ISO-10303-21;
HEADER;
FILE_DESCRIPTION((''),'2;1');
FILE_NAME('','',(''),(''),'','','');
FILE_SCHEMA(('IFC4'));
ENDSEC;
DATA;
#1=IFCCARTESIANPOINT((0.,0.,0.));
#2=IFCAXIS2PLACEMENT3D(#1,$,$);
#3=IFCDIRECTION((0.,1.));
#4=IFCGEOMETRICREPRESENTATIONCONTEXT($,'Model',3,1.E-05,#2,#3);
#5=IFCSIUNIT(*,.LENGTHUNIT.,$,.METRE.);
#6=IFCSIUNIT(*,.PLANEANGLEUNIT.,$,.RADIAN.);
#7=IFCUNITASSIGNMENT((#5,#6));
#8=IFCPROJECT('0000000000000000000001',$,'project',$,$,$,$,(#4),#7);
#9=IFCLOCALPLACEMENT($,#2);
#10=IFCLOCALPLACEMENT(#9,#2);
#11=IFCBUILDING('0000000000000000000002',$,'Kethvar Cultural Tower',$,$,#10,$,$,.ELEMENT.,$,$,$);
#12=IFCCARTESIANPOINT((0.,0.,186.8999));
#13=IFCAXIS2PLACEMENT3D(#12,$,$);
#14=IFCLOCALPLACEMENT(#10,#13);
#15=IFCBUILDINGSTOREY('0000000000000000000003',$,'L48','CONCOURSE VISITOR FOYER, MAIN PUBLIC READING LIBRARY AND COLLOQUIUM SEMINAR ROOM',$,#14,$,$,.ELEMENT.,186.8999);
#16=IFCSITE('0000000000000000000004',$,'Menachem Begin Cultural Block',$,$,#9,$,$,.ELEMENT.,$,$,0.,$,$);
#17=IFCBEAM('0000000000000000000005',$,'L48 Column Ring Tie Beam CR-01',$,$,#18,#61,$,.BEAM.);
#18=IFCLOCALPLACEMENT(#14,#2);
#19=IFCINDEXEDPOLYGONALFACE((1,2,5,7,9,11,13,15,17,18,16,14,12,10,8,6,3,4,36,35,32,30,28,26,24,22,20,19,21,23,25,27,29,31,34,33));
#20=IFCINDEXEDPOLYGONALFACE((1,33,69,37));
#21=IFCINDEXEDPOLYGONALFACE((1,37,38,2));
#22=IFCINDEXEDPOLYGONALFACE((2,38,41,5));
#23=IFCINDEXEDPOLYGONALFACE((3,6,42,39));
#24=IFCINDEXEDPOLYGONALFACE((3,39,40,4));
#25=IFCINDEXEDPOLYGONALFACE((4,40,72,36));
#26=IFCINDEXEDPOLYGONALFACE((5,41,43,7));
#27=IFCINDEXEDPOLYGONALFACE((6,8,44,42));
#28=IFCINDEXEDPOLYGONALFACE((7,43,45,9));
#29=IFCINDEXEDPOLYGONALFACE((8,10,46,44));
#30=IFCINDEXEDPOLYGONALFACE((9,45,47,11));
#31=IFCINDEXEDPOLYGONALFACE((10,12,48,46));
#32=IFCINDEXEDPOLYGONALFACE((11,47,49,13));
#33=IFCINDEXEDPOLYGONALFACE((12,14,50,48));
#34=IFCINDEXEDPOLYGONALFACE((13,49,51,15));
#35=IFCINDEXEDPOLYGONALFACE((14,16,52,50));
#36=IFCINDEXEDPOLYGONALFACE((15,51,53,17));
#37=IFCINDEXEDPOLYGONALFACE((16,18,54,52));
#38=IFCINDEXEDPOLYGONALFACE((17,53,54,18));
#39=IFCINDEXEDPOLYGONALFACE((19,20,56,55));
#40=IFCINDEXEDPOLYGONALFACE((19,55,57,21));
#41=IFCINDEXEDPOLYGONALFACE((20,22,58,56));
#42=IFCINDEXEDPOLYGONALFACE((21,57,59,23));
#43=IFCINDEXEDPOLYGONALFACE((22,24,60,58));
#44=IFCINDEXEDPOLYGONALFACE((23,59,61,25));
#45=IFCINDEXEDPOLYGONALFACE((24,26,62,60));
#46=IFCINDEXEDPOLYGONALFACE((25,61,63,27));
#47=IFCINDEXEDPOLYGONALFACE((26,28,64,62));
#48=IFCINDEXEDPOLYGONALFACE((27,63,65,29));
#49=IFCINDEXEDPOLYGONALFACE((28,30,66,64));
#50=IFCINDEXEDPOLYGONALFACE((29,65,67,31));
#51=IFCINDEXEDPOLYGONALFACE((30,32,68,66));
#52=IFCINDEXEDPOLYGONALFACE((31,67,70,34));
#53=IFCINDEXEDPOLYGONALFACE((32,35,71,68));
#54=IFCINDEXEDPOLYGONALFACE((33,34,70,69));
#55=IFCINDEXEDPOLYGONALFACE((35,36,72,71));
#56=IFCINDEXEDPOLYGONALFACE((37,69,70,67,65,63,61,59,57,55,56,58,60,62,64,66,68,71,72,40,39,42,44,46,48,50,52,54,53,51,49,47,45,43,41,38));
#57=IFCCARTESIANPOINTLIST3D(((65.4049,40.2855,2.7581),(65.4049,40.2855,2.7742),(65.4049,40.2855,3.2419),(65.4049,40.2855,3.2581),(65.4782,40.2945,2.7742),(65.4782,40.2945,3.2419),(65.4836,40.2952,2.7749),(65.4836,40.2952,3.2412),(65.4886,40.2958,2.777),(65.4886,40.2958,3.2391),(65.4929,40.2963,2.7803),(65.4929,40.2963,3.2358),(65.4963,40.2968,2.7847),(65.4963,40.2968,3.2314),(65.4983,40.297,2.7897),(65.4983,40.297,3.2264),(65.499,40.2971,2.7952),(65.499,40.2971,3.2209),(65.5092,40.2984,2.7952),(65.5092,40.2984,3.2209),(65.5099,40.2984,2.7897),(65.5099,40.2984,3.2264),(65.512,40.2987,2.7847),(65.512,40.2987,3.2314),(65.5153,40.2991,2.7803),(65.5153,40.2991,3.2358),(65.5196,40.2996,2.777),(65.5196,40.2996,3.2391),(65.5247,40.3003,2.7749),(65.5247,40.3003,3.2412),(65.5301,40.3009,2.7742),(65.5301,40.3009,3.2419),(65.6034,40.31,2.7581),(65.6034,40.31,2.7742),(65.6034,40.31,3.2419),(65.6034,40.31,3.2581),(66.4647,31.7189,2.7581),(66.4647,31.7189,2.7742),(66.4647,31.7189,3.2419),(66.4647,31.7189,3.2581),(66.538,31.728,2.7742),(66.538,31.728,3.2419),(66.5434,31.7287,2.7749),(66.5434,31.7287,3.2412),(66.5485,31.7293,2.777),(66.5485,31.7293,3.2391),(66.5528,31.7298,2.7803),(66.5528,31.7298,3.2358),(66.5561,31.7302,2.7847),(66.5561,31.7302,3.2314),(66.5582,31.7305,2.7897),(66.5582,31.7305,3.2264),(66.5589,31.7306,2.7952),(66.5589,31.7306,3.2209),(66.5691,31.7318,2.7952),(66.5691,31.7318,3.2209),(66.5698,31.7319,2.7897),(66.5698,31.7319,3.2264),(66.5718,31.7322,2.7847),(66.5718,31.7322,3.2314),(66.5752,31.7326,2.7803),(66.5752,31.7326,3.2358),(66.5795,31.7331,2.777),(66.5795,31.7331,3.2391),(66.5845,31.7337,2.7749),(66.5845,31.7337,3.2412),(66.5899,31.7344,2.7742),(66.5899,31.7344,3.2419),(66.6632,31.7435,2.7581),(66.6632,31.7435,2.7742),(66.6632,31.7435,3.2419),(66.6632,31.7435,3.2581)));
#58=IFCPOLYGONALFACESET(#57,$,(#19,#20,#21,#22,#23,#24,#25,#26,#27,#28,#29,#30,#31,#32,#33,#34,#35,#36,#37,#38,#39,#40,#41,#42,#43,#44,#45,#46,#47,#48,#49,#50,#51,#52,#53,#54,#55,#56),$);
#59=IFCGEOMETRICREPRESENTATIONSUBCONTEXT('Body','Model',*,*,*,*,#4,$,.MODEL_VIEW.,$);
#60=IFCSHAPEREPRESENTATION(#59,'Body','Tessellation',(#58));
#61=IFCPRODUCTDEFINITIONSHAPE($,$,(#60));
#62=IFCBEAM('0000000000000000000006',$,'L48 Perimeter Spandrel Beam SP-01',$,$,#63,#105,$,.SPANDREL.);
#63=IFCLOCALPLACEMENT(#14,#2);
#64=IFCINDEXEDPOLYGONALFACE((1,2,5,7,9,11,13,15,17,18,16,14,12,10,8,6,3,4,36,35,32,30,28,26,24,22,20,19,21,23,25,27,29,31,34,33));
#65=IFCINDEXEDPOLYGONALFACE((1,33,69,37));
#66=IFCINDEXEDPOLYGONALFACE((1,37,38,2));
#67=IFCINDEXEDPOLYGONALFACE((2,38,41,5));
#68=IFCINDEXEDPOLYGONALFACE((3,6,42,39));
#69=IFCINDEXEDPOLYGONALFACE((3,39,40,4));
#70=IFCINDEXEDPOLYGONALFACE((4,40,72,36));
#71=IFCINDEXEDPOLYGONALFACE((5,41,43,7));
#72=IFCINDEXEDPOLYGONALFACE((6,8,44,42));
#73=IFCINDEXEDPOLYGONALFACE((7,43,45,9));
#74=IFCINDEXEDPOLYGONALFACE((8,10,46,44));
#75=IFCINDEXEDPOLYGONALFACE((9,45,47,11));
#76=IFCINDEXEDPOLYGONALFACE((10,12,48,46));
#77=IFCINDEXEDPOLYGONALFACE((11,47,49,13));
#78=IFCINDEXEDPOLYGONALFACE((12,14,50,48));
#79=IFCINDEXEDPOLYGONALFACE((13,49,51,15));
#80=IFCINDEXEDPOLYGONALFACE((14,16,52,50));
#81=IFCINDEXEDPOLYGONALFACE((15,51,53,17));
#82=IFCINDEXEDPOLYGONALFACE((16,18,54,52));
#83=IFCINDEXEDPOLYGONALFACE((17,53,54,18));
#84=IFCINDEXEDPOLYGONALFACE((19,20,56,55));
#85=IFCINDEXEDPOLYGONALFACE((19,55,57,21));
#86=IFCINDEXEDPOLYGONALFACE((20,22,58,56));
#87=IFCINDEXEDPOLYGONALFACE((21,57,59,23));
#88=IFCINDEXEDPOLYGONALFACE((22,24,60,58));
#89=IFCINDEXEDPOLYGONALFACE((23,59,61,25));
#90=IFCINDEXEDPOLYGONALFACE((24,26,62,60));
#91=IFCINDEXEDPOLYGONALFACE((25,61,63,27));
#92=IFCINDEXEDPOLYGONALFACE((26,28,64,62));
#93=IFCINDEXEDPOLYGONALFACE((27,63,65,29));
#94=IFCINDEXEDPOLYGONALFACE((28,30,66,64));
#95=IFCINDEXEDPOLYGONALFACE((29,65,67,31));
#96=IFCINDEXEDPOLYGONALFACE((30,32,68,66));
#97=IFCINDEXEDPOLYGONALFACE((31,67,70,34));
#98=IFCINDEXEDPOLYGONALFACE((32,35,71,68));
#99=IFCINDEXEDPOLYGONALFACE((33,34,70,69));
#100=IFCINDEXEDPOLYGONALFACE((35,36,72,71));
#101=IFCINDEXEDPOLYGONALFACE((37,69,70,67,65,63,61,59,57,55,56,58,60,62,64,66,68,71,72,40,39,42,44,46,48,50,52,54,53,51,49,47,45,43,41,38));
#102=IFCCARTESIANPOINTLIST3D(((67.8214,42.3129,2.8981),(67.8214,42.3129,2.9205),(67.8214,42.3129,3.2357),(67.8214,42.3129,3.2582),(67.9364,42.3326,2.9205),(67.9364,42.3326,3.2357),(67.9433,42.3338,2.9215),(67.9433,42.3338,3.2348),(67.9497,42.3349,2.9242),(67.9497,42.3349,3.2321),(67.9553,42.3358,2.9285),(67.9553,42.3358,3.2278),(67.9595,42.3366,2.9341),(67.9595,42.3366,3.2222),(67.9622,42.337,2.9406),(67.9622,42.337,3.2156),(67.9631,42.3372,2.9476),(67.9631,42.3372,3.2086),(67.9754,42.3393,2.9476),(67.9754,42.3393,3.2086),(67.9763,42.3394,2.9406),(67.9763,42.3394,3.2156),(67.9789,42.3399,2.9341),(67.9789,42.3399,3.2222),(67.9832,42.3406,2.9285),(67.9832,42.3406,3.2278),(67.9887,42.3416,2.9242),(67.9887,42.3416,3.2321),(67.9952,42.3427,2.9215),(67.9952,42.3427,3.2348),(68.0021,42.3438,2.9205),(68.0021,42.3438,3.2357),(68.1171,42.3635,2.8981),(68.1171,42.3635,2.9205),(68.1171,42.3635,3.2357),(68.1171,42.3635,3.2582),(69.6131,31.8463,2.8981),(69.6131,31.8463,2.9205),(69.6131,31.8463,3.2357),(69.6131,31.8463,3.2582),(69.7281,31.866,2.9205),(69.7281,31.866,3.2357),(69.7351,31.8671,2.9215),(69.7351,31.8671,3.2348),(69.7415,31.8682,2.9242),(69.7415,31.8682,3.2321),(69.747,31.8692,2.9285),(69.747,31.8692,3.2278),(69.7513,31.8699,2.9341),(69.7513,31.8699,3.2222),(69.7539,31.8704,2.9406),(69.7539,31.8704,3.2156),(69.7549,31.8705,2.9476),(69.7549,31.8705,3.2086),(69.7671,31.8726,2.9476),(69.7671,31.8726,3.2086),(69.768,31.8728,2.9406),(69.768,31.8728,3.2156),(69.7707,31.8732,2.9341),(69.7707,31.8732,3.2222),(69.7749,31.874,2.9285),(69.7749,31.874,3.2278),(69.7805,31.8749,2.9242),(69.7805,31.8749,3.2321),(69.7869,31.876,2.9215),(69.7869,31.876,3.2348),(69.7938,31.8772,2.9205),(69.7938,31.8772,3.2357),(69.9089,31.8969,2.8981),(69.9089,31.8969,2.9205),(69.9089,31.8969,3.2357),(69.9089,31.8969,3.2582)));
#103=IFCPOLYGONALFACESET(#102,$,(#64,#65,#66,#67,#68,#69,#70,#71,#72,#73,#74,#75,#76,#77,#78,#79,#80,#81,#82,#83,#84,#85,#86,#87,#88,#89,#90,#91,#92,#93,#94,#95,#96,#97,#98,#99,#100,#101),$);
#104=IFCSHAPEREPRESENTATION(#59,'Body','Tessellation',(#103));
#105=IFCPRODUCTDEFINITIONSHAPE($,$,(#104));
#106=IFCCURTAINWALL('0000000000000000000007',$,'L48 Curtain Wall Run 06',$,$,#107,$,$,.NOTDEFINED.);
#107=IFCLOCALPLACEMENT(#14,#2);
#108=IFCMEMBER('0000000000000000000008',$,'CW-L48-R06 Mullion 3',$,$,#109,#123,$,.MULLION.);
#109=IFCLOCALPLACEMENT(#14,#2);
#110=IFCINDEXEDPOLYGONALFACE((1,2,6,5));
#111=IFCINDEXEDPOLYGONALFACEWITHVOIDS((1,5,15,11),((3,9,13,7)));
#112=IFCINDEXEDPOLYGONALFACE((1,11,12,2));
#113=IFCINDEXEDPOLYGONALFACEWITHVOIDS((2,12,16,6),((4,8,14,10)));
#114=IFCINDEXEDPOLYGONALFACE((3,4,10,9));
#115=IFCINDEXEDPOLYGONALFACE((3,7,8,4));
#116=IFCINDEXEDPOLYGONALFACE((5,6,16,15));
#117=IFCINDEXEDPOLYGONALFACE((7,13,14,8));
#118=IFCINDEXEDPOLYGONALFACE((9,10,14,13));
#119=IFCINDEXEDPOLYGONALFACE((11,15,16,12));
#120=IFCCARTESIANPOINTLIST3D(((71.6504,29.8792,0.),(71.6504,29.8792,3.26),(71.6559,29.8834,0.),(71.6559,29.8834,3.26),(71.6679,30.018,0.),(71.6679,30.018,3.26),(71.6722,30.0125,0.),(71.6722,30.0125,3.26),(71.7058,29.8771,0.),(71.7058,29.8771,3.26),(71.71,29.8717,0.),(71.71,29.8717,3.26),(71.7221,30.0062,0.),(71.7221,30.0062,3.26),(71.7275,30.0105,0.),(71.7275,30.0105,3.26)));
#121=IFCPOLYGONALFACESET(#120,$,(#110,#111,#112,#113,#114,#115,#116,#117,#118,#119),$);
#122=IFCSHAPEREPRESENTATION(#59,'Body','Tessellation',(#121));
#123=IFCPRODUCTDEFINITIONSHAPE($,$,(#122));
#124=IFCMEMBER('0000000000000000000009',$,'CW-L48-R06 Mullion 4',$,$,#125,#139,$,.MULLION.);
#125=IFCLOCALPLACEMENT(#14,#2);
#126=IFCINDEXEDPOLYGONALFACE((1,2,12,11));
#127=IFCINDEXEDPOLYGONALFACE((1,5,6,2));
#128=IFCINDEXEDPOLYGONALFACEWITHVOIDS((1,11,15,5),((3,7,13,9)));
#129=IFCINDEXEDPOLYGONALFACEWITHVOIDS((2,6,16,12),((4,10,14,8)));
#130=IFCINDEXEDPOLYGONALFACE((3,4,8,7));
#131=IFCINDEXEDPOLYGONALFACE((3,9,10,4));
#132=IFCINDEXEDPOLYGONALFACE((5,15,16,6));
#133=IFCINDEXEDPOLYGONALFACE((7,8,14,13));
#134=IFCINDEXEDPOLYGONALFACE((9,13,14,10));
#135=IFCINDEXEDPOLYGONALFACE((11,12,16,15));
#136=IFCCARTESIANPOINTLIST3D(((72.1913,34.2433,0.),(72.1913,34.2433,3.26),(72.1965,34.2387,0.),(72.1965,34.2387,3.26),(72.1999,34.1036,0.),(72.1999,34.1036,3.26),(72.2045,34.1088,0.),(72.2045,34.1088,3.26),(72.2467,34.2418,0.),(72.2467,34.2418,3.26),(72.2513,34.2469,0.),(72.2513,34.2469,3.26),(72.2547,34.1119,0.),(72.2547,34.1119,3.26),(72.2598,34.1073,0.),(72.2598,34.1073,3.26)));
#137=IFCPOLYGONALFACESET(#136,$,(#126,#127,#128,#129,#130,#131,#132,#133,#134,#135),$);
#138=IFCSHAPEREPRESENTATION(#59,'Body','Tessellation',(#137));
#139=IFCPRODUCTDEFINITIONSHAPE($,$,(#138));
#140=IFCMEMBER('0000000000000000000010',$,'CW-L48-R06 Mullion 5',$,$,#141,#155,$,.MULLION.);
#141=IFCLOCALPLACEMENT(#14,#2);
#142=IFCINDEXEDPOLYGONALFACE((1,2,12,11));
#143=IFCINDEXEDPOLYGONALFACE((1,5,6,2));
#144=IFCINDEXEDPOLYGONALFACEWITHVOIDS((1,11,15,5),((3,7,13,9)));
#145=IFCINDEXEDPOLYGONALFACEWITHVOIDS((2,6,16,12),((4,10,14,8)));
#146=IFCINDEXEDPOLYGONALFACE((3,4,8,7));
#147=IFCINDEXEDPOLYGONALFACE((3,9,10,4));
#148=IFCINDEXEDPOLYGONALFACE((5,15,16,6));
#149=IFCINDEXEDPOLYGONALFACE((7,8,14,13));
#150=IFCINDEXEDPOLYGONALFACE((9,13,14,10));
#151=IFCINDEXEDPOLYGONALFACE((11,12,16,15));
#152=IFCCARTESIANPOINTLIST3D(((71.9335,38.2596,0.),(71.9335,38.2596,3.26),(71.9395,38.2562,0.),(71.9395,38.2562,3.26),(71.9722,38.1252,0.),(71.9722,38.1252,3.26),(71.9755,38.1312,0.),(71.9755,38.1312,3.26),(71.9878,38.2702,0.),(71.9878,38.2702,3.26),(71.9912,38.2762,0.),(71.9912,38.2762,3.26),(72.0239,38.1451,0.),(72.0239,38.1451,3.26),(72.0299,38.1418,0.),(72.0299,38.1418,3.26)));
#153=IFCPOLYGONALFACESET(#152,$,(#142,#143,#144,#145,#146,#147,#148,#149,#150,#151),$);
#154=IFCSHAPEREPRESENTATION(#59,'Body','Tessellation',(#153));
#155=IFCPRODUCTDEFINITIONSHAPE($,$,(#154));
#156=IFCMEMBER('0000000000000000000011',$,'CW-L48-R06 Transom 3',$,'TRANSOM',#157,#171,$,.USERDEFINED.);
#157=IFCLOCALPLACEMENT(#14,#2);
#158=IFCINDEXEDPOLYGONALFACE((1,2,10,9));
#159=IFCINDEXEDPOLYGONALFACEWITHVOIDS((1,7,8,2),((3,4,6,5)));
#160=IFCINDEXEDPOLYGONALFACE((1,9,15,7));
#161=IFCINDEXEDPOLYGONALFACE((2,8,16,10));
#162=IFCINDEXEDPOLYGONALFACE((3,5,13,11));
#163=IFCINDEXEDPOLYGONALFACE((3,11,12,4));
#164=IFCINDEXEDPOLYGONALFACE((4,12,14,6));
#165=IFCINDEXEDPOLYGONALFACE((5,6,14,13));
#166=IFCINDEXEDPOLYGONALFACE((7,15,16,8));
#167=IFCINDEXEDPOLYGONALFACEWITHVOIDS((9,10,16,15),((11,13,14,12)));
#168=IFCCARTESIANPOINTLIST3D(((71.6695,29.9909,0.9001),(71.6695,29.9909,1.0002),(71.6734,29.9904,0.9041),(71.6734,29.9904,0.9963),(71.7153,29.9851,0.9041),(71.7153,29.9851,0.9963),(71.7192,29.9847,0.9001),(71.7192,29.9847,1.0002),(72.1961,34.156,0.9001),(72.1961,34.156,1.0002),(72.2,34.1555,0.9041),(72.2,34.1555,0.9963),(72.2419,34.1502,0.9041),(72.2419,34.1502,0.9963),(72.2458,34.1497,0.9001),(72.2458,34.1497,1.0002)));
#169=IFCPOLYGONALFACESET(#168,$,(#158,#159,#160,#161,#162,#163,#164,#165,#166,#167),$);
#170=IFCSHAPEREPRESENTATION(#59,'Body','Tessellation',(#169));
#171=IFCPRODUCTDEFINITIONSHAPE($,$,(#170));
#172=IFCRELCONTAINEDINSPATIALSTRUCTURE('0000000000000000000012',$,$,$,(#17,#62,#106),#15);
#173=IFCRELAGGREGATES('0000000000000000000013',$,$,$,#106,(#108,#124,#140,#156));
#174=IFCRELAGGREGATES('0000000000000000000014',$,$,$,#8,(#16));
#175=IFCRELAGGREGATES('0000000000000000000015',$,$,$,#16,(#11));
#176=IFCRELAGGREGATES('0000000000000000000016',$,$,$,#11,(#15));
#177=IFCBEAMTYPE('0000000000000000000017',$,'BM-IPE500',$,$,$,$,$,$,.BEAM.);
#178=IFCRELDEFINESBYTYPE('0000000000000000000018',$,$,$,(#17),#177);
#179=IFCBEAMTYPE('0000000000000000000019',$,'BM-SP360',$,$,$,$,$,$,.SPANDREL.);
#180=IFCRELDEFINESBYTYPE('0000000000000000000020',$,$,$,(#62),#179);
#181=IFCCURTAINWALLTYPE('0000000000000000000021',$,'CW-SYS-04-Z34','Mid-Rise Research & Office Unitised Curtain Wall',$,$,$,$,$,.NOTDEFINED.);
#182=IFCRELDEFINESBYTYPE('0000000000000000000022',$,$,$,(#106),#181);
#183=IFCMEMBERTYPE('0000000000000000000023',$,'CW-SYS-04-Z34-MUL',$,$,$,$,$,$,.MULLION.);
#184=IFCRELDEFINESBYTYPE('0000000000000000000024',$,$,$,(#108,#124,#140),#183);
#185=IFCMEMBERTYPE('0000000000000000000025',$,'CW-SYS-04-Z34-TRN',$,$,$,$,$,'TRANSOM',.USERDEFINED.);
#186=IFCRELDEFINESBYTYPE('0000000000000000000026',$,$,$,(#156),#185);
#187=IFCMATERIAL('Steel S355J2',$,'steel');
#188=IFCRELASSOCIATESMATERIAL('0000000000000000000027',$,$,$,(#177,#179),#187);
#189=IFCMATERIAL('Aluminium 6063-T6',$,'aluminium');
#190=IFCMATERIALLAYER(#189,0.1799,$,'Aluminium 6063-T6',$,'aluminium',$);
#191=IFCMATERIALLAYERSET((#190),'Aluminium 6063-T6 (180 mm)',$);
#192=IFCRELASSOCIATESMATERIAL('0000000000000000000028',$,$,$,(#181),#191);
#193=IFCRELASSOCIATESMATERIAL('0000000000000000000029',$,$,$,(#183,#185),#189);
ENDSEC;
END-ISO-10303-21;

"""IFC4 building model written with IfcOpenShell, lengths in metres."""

from ifc_helpers import new_model, si_unit, direction, frame, origin, origin_2d, place, context, subcontext, project, spatial, hollow_rectangle, i_section, extrude, source, transform, mapped, material, layer, layer_set, material_profile, profile_set, type_object, element, aggregate, save


model = new_model("IFC4")

# Units and contexts
model_context = context("Model", 3, precision=1e-05, world=origin(), true_north=direction((0.0, 1.0)))
body_context = subcontext(model_context, "Body", "Model", "MODEL_VIEW")
ifc_project = project(units=[si_unit("LENGTHUNIT", "METRE"), si_unit("PLANEANGLEUNIT", "RADIAN")], contexts=[model_context])

# Site, building, storey
site_placement = place(None, origin())
site = spatial("IfcSite", under=ifc_project, at=site_placement, Name="Menachem Begin Cultural Block", CompositionType="ELEMENT", RefElevation=0.0)
building_placement = place(site_placement, origin())
building = spatial("IfcBuilding", under=site, at=building_placement, Name="Kethvar Cultural Tower", CompositionType="ELEMENT")
storey_placement = place(building_placement, frame((0.0, 0.0, 186.8999)))
storey = spatial("IfcBuildingStorey", under=building, at=storey_placement, Name="L48", Description="CONCOURSE VISITOR FOYER, MAIN PUBLIC READING LIBRARY AND COLLOQUIUM SEMINAR ROOM", CompositionType="ELEMENT", Elevation=186.8999)

# Beams
ifc_material_1 = material(Name="Steel S355J2", Category="steel")
ifc_material_profile_1 = material_profile(ifc_material_1, i_section(OverallWidth=0.2, OverallDepth=0.5, WebThickness=0.0103, FlangeThickness=0.0161, FilletRadius=0.021, at=origin_2d()), Name="Steel S355J2 — IPE500")
ifc_profile_set_1 = profile_set([ifc_material_profile_1], Name="Steel S355J2 — IPE500")
beam_type_1 = type_object("IfcBeamType", Name="BM-IPE500", PredefinedType="BEAM", material=ifc_profile_set_1)
shared_shape_1 = source(origin(), body_context, "Body", "SweptSolid", [
    extrude(i_section(OverallWidth=0.2, OverallDepth=0.5, WebThickness=0.0103, FlangeThickness=0.0161, FilletRadius=0.021, at=origin_2d()), origin(), (0.0, 0.0, 1.0), 8.6318),
])
beam_1_placement = place(storey_placement, frame((66.564, 31.7312, 3.0081), z_axis=(-0.122781, 0.992434, 0.0), x_axis=(-0.992434, -0.122781, 0.0)))
element("IfcBeam", 1, at=beam_1_placement, inside=storey, type_object=beam_type_1, Name="L48 Column Ring Tie Beam CR-01", PredefinedType="BEAM", context=body_context, shape_type="MappedRepresentation", body=[
    mapped(shared_shape_1, transform((0.0, 0.0, 0.0), scale=1.0)),
])
ifc_material_profile_2 = material_profile(ifc_material_1, i_section(OverallWidth=0.3, OverallDepth=0.3601, WebThickness=0.0125, FlangeThickness=0.0225, FilletRadius=0.0271, at=origin_2d()), Name="Steel S355J2 — HEB360")
ifc_profile_set_2 = profile_set([ifc_material_profile_2], Name="Steel S355J2 — HEB360")
beam_type_2 = type_object("IfcBeamType", Name="BM-SP360", PredefinedType="SPANDREL", material=ifc_profile_set_2)
shared_shape_2 = source(origin(), body_context, "Body", "SweptSolid", [
    extrude(i_section(OverallWidth=0.3, OverallDepth=0.3601, WebThickness=0.0125, FlangeThickness=0.0225, FilletRadius=0.0271, at=origin_2d()), origin(), (0.0, 0.0, 1.0), 10.6189),
])
beam_2_placement = place(storey_placement, frame((69.761, 31.8716, 3.0781), z_axis=(-0.168733, 0.985662, 0.0), x_axis=(-0.985662, -0.168733, 0.0)))
element("IfcBeam", 2, at=beam_2_placement, inside=storey, type_object=beam_type_2, Name="L48 Perimeter Spandrel Beam SP-01", PredefinedType="SPANDREL", context=body_context, shape_type="MappedRepresentation", body=[
    mapped(shared_shape_2, transform((0.0, 0.0, 0.0), scale=1.0)),
])

# Curtain wall, members
ifc_material_2 = material(Name="Aluminium 6063-T6", Category="aluminium")
ifc_layer_1 = layer(ifc_material_2, 0.1799, Name="Aluminium 6063-T6", Category="aluminium")
ifc_layer_set_1 = layer_set([ifc_layer_1], Name="Aluminium 6063-T6 (180 mm)")
curtain_wall_type = type_object("IfcCurtainWallType", Name="CW-SYS-04-Z34", Description="Mid-Rise Research & Office Unitised Curtain Wall", PredefinedType="NOTDEFINED", material=ifc_layer_set_1)
curtain_wall_placement = place(storey_placement, origin())
curtain_wall = element("IfcCurtainWall", 3, at=curtain_wall_placement, inside=storey, type_object=curtain_wall_type, Name="L48 Curtain Wall Run 06", PredefinedType="NOTDEFINED")
ifc_material_profile_3 = material_profile(ifc_material_2, hollow_rectangle(XDim=0.0601, YDim=0.1399, WallThickness=0.0049, at=origin_2d()), Name="Aluminium 6063-T6 — RHS140x60x5")
ifc_profile_set_3 = profile_set([ifc_material_profile_3], Name="Aluminium 6063-T6 — RHS140x60x5")
member_type_1 = type_object("IfcMemberType", Name="CW-SYS-04-Z34-MUL", PredefinedType="MULLION", material=ifc_profile_set_3)
shared_shape_3 = source(origin(), body_context, "Body", "SweptSolid", [
    extrude(hollow_rectangle(XDim=0.0601, YDim=0.1399, WallThickness=0.0049, at=origin_2d()), origin(), (0.0, 0.0, 1.0), 3.26),
])
member_1_placement = place(storey_placement, frame((71.689, 29.9448, 0.0), z_axis=(0.0, 0.0, 1.0), x_axis=(-0.992104, 0.12542, 0.0)))
member_1 = element("IfcMember", 4, at=member_1_placement, type_object=member_type_1, Name="CW-L48-R06 Mullion 3", PredefinedType="MULLION", context=body_context, shape_type="MappedRepresentation", body=[
    mapped(shared_shape_3, transform((0.0, 0.0, 0.0), scale=1.0)),
])
member_2_placement = place(storey_placement, frame((72.2256, 34.1753, 0.0), z_axis=(0.0, 0.0, 1.0), x_axis=(-0.998128, -0.061153, 0.0)))
member_2 = element("IfcMember", 5, at=member_2_placement, type_object=member_type_1, Name="CW-L48-R06 Mullion 4", PredefinedType="MULLION", context=body_context, shape_type="MappedRepresentation", body=[
    mapped(shared_shape_3, transform((0.0, 0.0, 0.0), scale=1.0)),
])
member_3_placement = place(storey_placement, frame((71.9817, 38.2007, 0.0), z_axis=(0.0, 0.0, 1.0), x_axis=(-0.960881, -0.276962, 0.0)))
member_3 = element("IfcMember", 6, at=member_3_placement, type_object=member_type_1, Name="CW-L48-R06 Mullion 5", PredefinedType="MULLION", context=body_context, shape_type="MappedRepresentation", body=[
    mapped(shared_shape_3, transform((0.0, 0.0, 0.0), scale=1.0)),
])
ifc_material_profile_4 = material_profile(ifc_material_2, hollow_rectangle(XDim=0.05, YDim=0.1001, WallThickness=0.0039, at=origin_2d()), Name="Aluminium 6063-T6 — RHS100x50x4")
ifc_profile_set_4 = profile_set([ifc_material_profile_4], Name="Aluminium 6063-T6 — RHS100x50x4")
member_type_2 = type_object("IfcMemberType", Name="CW-SYS-04-Z34-TRN", ElementType="TRANSOM", PredefinedType="USERDEFINED", material=ifc_profile_set_4)
shared_shape_4 = source(origin(), body_context, "Body", "SweptSolid", [
    extrude(hollow_rectangle(XDim=0.05, YDim=0.1001, WallThickness=0.0039, at=origin_2d()), origin(), (0.0, 0.0, 1.0), 4.1982),
])
member_4_placement = place(storey_placement, frame((71.6943, 29.9878, 0.9502), z_axis=(0.125437, 0.992102, 0.0), x_axis=(-0.992102, 0.125437, 0.0)))
member_4 = element("IfcMember", 7, at=member_4_placement, type_object=member_type_2, Name="CW-L48-R06 Transom 3", ObjectType="TRANSOM", PredefinedType="USERDEFINED", context=body_context, shape_type="MappedRepresentation", body=[
    mapped(shared_shape_4, transform((0.0, 0.0, 0.0), scale=1.0)),
])
aggregate(curtain_wall, [member_1, member_2, member_3, member_4])

save(model, "model.ifc")
